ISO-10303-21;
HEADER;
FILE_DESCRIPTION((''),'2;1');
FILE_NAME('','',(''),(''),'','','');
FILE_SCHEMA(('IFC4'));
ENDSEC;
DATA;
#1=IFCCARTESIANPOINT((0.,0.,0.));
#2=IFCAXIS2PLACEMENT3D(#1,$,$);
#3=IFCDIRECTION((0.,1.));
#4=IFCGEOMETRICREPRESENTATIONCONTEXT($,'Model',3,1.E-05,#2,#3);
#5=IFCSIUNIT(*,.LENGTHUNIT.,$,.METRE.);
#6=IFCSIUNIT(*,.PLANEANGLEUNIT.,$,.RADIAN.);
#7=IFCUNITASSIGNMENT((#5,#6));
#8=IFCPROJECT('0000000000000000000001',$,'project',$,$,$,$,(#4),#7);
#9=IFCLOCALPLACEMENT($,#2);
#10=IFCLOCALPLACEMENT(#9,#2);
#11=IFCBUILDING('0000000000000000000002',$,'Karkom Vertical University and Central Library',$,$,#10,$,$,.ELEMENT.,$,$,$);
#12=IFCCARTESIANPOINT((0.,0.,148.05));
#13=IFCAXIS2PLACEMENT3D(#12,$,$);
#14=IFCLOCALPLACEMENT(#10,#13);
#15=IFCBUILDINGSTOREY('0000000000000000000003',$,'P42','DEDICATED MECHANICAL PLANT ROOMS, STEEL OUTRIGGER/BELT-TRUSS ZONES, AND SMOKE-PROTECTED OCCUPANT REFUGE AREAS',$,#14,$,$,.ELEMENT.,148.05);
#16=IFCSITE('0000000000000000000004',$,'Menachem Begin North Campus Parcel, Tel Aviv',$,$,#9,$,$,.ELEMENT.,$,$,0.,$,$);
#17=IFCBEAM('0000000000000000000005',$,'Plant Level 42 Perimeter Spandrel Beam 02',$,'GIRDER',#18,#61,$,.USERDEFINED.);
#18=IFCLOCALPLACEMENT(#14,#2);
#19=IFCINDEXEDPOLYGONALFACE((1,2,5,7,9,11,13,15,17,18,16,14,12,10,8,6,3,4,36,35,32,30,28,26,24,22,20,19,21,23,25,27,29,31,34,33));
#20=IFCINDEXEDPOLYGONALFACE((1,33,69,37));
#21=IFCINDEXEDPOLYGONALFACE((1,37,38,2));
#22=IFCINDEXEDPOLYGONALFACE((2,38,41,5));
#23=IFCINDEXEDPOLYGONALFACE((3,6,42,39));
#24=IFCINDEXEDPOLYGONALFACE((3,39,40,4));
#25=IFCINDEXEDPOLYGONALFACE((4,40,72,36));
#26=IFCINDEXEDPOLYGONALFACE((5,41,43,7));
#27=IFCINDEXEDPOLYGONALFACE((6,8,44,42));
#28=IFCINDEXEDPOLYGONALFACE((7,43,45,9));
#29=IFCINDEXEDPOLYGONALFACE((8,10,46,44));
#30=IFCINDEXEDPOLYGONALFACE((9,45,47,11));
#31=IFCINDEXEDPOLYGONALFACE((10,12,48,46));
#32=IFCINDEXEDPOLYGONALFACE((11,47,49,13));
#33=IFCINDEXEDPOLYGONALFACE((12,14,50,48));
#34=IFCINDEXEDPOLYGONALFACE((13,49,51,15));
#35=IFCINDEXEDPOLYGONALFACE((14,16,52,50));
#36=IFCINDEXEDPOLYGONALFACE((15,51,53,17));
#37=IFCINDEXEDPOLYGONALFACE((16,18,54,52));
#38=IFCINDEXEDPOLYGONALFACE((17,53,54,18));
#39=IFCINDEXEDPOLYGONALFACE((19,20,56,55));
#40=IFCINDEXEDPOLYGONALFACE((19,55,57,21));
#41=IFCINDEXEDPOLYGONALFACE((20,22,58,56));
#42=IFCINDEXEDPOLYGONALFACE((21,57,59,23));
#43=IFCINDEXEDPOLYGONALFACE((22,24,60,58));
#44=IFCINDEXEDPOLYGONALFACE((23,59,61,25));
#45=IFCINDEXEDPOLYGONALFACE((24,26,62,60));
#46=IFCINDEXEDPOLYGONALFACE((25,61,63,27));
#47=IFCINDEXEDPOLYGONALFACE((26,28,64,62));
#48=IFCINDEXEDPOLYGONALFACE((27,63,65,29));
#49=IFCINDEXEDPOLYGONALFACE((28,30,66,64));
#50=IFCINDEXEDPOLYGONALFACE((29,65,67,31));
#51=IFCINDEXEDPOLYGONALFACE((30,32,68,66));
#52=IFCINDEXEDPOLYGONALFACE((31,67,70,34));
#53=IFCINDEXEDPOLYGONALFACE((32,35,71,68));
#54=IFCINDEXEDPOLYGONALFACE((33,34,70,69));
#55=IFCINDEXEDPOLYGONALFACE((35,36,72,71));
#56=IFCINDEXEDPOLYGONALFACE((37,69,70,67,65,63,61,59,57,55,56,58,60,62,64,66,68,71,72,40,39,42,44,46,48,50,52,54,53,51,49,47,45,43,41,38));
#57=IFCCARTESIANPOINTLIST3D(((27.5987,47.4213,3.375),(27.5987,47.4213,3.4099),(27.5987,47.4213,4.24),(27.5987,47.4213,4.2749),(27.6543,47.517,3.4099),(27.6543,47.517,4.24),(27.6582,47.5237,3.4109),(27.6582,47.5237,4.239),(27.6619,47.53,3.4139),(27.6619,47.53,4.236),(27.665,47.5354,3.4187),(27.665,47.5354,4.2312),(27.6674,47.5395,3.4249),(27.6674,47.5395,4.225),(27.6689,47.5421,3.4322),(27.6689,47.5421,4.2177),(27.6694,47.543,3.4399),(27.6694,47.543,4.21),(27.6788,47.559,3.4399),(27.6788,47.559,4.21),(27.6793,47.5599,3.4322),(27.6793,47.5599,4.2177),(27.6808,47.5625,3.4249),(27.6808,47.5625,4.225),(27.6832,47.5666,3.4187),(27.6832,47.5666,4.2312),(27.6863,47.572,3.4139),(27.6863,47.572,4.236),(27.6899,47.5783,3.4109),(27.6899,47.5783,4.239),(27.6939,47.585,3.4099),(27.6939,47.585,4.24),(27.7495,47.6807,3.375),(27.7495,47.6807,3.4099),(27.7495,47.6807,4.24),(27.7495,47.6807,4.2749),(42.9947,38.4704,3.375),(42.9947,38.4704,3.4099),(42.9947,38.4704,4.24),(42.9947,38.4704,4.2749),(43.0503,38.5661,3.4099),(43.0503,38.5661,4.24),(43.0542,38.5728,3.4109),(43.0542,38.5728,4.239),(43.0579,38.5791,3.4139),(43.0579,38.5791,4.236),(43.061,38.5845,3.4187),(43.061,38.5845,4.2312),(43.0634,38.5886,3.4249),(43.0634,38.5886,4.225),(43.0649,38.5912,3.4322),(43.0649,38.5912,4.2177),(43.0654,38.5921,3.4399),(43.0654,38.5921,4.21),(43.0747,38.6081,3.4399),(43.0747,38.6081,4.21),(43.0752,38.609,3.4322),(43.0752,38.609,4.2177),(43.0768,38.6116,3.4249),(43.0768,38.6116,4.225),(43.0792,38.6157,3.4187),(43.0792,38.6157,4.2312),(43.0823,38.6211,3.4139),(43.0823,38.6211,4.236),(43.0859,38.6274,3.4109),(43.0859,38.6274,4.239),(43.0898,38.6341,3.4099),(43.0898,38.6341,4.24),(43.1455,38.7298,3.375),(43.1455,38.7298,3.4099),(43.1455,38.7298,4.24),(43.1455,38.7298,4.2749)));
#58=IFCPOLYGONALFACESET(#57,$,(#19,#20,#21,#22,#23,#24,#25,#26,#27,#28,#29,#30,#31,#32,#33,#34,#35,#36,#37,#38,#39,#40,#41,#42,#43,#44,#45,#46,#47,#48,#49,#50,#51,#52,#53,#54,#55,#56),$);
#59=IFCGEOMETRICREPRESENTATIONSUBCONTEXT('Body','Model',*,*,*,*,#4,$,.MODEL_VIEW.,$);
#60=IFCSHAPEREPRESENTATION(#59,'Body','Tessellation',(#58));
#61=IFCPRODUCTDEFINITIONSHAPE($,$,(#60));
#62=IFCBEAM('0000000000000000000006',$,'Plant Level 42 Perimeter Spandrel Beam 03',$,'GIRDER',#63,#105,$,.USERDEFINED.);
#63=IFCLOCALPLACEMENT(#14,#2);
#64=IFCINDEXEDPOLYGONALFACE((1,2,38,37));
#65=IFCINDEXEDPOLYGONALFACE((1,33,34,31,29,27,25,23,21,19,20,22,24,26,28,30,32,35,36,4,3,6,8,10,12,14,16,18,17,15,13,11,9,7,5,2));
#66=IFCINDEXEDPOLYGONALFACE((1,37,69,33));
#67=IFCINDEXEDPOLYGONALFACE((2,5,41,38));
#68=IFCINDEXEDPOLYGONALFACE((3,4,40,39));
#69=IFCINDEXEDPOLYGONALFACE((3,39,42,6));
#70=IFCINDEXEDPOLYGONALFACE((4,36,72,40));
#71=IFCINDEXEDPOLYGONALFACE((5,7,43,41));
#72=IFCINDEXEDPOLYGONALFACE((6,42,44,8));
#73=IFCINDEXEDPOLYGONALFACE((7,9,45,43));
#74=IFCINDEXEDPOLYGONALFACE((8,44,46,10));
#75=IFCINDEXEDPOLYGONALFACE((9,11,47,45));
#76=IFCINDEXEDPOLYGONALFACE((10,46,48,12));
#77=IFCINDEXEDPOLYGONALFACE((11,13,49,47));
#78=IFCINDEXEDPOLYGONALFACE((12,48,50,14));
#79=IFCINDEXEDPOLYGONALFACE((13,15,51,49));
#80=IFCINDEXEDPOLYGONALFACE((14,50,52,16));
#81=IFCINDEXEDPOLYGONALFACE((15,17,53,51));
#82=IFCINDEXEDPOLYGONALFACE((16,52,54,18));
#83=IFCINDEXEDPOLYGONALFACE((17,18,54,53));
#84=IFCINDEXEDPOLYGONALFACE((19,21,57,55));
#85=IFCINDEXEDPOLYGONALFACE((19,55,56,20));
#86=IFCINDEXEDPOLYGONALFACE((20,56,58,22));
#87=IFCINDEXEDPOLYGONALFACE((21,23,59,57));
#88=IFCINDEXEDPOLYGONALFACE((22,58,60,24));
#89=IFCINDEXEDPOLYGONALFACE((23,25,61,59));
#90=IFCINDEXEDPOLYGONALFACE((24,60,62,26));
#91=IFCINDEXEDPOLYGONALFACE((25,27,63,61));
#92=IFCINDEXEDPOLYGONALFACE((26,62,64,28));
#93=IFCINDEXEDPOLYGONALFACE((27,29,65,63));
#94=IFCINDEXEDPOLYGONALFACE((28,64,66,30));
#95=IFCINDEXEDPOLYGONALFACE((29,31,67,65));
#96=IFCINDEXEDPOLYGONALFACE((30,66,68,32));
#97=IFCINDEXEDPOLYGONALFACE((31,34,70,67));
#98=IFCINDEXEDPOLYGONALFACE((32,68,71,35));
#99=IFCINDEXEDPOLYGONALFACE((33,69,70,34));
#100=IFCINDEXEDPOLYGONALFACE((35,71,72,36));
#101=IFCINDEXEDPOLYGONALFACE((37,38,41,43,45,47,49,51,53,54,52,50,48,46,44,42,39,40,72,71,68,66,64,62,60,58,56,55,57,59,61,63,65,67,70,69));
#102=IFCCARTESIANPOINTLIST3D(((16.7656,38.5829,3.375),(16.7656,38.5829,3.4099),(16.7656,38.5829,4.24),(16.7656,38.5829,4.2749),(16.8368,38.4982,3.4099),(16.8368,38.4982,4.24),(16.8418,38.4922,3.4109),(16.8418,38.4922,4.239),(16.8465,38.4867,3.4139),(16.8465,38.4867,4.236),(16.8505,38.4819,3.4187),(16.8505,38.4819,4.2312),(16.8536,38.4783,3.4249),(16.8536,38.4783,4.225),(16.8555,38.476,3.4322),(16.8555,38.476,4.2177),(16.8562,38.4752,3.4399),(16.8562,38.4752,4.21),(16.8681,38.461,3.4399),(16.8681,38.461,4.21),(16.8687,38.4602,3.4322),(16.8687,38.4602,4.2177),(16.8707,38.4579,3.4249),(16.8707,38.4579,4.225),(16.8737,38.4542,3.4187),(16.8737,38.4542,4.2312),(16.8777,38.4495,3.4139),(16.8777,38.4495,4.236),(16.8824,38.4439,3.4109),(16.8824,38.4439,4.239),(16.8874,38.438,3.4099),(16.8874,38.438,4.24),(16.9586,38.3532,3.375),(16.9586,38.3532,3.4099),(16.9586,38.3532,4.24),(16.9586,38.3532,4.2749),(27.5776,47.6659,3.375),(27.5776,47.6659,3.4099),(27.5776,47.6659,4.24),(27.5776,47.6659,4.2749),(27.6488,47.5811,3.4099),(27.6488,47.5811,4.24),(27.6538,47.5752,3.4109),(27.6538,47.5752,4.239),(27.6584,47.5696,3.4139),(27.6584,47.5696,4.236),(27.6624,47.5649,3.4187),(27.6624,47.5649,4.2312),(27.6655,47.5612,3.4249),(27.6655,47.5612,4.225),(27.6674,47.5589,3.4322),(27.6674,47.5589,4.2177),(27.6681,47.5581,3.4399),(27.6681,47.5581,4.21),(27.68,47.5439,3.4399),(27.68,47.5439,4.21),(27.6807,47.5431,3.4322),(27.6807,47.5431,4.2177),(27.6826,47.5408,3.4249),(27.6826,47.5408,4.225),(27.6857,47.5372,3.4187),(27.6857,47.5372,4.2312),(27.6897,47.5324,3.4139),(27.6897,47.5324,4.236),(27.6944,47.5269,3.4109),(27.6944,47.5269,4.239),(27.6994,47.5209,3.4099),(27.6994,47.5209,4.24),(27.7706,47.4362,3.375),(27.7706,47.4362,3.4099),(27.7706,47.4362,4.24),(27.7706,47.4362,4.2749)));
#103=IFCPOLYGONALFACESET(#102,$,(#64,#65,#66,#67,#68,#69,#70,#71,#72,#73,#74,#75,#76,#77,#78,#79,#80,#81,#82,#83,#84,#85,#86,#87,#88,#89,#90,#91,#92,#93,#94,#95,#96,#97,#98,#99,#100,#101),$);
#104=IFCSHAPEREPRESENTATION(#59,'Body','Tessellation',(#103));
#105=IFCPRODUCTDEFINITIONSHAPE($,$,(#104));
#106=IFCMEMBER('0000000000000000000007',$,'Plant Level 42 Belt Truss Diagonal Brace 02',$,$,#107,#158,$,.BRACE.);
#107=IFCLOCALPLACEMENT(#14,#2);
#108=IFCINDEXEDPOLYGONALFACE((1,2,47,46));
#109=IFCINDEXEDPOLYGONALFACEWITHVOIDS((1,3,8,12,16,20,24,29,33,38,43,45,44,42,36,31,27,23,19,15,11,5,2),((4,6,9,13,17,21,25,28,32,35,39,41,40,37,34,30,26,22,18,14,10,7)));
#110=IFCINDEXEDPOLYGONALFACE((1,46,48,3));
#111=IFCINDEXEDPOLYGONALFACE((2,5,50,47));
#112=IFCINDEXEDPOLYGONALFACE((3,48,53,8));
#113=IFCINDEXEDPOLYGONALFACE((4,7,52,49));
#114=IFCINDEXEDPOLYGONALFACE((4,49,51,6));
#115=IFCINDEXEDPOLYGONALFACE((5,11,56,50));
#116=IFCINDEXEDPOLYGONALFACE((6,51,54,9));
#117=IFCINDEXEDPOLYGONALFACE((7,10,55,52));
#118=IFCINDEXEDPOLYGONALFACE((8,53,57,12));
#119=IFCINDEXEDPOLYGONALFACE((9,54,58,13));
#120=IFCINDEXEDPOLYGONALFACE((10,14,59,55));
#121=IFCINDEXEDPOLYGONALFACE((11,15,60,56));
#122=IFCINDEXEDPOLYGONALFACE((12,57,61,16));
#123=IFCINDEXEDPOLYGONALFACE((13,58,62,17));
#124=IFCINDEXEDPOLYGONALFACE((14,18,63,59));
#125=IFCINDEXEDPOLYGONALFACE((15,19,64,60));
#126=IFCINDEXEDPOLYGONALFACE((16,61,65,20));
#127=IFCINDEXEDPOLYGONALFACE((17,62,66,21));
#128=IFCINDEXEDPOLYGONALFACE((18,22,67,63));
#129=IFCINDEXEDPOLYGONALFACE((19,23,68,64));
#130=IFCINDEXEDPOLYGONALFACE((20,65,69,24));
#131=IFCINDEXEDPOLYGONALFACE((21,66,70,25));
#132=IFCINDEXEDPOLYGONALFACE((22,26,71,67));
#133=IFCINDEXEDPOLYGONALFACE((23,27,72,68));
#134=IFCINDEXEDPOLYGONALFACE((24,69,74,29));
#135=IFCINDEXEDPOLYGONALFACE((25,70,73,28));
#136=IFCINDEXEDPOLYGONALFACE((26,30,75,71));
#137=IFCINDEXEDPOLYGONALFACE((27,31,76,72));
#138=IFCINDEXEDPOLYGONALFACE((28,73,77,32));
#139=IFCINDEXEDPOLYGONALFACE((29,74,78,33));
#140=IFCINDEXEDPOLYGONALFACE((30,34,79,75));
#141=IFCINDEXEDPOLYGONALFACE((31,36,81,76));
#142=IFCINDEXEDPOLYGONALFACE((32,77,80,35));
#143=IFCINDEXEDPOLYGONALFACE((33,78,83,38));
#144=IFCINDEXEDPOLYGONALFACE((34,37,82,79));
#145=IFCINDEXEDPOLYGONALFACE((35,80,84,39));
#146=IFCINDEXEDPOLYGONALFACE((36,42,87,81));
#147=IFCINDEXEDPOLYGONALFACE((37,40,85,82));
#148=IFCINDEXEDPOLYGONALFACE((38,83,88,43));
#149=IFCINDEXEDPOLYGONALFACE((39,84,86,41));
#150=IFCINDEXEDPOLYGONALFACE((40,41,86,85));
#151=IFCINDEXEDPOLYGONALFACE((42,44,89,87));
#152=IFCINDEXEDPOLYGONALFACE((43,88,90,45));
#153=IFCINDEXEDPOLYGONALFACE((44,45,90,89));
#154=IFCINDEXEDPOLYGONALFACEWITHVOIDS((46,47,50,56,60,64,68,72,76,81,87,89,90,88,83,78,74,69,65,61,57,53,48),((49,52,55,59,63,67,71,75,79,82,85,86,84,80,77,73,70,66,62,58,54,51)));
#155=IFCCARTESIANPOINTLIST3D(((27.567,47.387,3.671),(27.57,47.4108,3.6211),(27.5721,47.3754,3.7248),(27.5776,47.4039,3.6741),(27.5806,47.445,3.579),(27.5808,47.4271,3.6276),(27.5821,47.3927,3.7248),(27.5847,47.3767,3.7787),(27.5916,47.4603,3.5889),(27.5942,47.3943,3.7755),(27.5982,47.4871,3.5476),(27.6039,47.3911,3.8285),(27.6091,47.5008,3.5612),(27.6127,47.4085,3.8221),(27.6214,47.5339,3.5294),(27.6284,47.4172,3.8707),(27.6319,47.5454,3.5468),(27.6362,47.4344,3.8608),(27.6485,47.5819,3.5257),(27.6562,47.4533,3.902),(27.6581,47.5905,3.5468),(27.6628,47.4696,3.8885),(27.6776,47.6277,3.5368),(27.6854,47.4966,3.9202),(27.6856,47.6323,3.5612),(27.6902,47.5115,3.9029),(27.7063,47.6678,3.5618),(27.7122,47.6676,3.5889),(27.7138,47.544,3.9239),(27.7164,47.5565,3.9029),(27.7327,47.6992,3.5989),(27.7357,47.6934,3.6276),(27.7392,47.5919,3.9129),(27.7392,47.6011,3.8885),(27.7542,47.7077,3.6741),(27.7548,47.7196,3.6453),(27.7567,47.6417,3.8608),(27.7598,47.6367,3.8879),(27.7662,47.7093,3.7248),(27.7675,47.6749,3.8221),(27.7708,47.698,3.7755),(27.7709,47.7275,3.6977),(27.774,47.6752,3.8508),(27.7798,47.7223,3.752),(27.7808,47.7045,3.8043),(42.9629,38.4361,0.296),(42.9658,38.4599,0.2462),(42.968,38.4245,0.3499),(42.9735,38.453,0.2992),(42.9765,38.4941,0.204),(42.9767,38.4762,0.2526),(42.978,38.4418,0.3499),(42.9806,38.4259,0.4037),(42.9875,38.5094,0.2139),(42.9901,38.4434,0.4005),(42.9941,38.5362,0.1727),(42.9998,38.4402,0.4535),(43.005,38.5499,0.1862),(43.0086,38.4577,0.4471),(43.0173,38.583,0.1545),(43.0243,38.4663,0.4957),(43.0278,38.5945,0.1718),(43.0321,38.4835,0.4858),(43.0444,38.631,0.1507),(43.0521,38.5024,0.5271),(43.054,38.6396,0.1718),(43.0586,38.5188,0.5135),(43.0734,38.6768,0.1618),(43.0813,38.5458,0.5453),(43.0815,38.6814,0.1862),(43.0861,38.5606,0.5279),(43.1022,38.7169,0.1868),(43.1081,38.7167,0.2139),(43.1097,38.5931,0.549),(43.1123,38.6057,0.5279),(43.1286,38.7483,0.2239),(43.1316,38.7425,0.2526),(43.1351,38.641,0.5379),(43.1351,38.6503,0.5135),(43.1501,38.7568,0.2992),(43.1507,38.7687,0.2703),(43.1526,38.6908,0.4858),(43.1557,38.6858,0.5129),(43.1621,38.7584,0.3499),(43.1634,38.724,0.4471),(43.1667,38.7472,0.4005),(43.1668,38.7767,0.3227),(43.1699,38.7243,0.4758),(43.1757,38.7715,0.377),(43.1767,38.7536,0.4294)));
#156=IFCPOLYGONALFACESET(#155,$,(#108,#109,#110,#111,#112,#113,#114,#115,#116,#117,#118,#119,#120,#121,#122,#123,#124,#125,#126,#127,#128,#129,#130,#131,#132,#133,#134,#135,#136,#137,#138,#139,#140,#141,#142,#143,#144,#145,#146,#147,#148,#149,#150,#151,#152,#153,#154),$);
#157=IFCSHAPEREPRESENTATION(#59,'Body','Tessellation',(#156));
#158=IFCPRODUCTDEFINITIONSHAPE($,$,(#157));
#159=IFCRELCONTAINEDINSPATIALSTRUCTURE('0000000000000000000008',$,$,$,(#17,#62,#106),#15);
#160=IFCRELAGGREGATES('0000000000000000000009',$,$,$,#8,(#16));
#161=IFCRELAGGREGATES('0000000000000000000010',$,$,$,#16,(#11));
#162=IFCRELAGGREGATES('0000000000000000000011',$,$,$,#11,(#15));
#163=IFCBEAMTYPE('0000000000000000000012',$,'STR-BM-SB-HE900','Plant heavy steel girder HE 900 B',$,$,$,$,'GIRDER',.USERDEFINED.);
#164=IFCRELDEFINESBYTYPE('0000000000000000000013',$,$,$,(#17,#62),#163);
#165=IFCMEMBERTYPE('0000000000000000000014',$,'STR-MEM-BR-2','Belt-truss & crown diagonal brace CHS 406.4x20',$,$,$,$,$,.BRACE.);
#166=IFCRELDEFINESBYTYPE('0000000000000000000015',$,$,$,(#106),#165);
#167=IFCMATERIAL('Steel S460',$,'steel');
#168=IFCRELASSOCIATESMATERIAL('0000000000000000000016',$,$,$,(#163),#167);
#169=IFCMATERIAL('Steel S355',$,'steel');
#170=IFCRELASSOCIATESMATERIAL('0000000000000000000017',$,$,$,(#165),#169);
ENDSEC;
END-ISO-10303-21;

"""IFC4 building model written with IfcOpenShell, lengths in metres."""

from ifc_helpers import new_model, si_unit, direction, frame, origin, origin_with_axes, origin_2d, place, context, subcontext, project, spatial, hollow_circle, i_section, extrude, source, transform, mapped, material, material_profile, profile_set, type_object, element, save


model = new_model("IFC4")

# Units and contexts
model_context = context("Model", 3, precision=1e-05, world=origin(), true_north=direction((0.0, 1.0)))
body_context = subcontext(model_context, "Body", "Model", "MODEL_VIEW")
ifc_project = project(units=[si_unit("LENGTHUNIT", "METRE"), si_unit("PLANEANGLEUNIT", "RADIAN")], contexts=[model_context])

# Site, building, storey
site_placement = place(None, origin())
site = spatial("IfcSite", under=ifc_project, at=site_placement, Name="Menachem Begin North Campus Parcel, Tel Aviv", CompositionType="ELEMENT", RefElevation=0.0)
building_placement = place(site_placement, origin())
building = spatial("IfcBuilding", under=site, at=building_placement, Name="Karkom Vertical University and Central Library", CompositionType="ELEMENT")
storey_placement = place(building_placement, frame((0.0, 0.0, 148.05)))
storey = spatial("IfcBuildingStorey", under=building, at=storey_placement, Name="P42", Description="DEDICATED MECHANICAL PLANT ROOMS, STEEL OUTRIGGER/BELT-TRUSS ZONES, AND SMOKE-PROTECTED OCCUPANT REFUGE AREAS", CompositionType="ELEMENT", Elevation=148.05)

# Shared definitions
ifc_material_1 = material(Name="Steel S355", Category="steel")

# Beams
ifc_material_2 = material(Name="Steel S460", Category="steel")
ifc_material_profile_1 = material_profile(ifc_material_2, i_section(OverallWidth=0.3, OverallDepth=0.8999, WebThickness=0.0186, FlangeThickness=0.0349, FilletRadius=0.03, at=origin_2d()), Name="HE 900 B")
ifc_profile_set_1 = profile_set([ifc_material_profile_1], Name="Steel S460")
beam_type_1 = type_object("IfcBeamType", Name="STR-BM-SB-HE900", Description="Plant heavy steel girder HE 900 B", ElementType="GIRDER", PredefinedType="USERDEFINED", material=ifc_profile_set_1)
shared_shape_1 = source(origin_with_axes(), body_context, "Body", "SweptSolid", [
    extrude(i_section(OverallWidth=0.3, OverallDepth=0.8999, WebThickness=0.0186, FlangeThickness=0.0349, FilletRadius=0.03, at=origin_2d()), origin(), (0.0, 0.0, 1.0), 17.8088),
])
beam_1_placement = place(storey_placement, frame((43.0701, 38.6001, 3.825), z_axis=(-0.864513, 0.502611, 0.0), x_axis=(-0.502611, -0.864513, 0.0)))
element("IfcBeam", 1, at=beam_1_placement, inside=storey, type_object=beam_type_1, Name="Plant Level 42 Perimeter Spandrel Beam 02", ObjectType="GIRDER", PredefinedType="USERDEFINED", context=body_context, shape_type="MappedRepresentation", body=[
    mapped(shared_shape_1, transform((0.0, 0.0, 0.0), scale=1.0)),
])
shared_shape_2 = source(origin_with_axes(), body_context, "Body", "SweptSolid", [
    extrude(i_section(OverallWidth=0.3, OverallDepth=0.8999, WebThickness=0.0186, FlangeThickness=0.0349, FilletRadius=0.03, at=origin_2d()), origin(), (0.0, 0.0, 1.0), 14.1208),
])
beam_2_placement = place(storey_placement, frame((27.6741, 47.551, 3.825), z_axis=(-0.765673, -0.64323, 0.0), x_axis=(0.64323, -0.765673, 0.0)))
element("IfcBeam", 2, at=beam_2_placement, inside=storey, type_object=beam_type_1, Name="Plant Level 42 Perimeter Spandrel Beam 03", ObjectType="GIRDER", PredefinedType="USERDEFINED", context=body_context, shape_type="MappedRepresentation", body=[
    mapped(shared_shape_2, transform((0.0, 0.0, 0.0), scale=1.0)),
])

# Member
ifc_material_profile_2 = material_profile(ifc_material_1, hollow_circle(Radius=0.2031, WallThickness=0.02, at=origin_2d()), Name="CHS 406.4x20")
ifc_profile_set_2 = profile_set([ifc_material_profile_2], Name="Steel S355")
member_type_1 = type_object("IfcMemberType", Name="STR-MEM-BR-2", Description="Belt-truss & crown diagonal brace CHS 406.4x20", PredefinedType="BRACE", material=ifc_profile_set_2)
shared_shape_3 = source(origin_with_axes(), body_context, "Body", "SweptSolid", [
    extrude(hollow_circle(Radius=0.2031, WallThickness=0.02, at=origin_2d()), origin(), (0.0, 0.0, 1.0), 18.1257),
])
member_1_placement = place(storey_placement, frame((43.0701, 38.6001, 0.3499), z_axis=(-0.849394, 0.493821, 0.186198), x_axis=(-0.502611, -0.864513, 0.0)))
element("IfcMember", 3, at=member_1_placement, inside=storey, type_object=member_type_1, Name="Plant Level 42 Belt Truss Diagonal Brace 02", PredefinedType="BRACE", context=body_context, shape_type="MappedRepresentation", body=[
    mapped(shared_shape_3, transform((0.0, 0.0, 0.0), scale=1.0)),
])

save(model, "model.ifc")
